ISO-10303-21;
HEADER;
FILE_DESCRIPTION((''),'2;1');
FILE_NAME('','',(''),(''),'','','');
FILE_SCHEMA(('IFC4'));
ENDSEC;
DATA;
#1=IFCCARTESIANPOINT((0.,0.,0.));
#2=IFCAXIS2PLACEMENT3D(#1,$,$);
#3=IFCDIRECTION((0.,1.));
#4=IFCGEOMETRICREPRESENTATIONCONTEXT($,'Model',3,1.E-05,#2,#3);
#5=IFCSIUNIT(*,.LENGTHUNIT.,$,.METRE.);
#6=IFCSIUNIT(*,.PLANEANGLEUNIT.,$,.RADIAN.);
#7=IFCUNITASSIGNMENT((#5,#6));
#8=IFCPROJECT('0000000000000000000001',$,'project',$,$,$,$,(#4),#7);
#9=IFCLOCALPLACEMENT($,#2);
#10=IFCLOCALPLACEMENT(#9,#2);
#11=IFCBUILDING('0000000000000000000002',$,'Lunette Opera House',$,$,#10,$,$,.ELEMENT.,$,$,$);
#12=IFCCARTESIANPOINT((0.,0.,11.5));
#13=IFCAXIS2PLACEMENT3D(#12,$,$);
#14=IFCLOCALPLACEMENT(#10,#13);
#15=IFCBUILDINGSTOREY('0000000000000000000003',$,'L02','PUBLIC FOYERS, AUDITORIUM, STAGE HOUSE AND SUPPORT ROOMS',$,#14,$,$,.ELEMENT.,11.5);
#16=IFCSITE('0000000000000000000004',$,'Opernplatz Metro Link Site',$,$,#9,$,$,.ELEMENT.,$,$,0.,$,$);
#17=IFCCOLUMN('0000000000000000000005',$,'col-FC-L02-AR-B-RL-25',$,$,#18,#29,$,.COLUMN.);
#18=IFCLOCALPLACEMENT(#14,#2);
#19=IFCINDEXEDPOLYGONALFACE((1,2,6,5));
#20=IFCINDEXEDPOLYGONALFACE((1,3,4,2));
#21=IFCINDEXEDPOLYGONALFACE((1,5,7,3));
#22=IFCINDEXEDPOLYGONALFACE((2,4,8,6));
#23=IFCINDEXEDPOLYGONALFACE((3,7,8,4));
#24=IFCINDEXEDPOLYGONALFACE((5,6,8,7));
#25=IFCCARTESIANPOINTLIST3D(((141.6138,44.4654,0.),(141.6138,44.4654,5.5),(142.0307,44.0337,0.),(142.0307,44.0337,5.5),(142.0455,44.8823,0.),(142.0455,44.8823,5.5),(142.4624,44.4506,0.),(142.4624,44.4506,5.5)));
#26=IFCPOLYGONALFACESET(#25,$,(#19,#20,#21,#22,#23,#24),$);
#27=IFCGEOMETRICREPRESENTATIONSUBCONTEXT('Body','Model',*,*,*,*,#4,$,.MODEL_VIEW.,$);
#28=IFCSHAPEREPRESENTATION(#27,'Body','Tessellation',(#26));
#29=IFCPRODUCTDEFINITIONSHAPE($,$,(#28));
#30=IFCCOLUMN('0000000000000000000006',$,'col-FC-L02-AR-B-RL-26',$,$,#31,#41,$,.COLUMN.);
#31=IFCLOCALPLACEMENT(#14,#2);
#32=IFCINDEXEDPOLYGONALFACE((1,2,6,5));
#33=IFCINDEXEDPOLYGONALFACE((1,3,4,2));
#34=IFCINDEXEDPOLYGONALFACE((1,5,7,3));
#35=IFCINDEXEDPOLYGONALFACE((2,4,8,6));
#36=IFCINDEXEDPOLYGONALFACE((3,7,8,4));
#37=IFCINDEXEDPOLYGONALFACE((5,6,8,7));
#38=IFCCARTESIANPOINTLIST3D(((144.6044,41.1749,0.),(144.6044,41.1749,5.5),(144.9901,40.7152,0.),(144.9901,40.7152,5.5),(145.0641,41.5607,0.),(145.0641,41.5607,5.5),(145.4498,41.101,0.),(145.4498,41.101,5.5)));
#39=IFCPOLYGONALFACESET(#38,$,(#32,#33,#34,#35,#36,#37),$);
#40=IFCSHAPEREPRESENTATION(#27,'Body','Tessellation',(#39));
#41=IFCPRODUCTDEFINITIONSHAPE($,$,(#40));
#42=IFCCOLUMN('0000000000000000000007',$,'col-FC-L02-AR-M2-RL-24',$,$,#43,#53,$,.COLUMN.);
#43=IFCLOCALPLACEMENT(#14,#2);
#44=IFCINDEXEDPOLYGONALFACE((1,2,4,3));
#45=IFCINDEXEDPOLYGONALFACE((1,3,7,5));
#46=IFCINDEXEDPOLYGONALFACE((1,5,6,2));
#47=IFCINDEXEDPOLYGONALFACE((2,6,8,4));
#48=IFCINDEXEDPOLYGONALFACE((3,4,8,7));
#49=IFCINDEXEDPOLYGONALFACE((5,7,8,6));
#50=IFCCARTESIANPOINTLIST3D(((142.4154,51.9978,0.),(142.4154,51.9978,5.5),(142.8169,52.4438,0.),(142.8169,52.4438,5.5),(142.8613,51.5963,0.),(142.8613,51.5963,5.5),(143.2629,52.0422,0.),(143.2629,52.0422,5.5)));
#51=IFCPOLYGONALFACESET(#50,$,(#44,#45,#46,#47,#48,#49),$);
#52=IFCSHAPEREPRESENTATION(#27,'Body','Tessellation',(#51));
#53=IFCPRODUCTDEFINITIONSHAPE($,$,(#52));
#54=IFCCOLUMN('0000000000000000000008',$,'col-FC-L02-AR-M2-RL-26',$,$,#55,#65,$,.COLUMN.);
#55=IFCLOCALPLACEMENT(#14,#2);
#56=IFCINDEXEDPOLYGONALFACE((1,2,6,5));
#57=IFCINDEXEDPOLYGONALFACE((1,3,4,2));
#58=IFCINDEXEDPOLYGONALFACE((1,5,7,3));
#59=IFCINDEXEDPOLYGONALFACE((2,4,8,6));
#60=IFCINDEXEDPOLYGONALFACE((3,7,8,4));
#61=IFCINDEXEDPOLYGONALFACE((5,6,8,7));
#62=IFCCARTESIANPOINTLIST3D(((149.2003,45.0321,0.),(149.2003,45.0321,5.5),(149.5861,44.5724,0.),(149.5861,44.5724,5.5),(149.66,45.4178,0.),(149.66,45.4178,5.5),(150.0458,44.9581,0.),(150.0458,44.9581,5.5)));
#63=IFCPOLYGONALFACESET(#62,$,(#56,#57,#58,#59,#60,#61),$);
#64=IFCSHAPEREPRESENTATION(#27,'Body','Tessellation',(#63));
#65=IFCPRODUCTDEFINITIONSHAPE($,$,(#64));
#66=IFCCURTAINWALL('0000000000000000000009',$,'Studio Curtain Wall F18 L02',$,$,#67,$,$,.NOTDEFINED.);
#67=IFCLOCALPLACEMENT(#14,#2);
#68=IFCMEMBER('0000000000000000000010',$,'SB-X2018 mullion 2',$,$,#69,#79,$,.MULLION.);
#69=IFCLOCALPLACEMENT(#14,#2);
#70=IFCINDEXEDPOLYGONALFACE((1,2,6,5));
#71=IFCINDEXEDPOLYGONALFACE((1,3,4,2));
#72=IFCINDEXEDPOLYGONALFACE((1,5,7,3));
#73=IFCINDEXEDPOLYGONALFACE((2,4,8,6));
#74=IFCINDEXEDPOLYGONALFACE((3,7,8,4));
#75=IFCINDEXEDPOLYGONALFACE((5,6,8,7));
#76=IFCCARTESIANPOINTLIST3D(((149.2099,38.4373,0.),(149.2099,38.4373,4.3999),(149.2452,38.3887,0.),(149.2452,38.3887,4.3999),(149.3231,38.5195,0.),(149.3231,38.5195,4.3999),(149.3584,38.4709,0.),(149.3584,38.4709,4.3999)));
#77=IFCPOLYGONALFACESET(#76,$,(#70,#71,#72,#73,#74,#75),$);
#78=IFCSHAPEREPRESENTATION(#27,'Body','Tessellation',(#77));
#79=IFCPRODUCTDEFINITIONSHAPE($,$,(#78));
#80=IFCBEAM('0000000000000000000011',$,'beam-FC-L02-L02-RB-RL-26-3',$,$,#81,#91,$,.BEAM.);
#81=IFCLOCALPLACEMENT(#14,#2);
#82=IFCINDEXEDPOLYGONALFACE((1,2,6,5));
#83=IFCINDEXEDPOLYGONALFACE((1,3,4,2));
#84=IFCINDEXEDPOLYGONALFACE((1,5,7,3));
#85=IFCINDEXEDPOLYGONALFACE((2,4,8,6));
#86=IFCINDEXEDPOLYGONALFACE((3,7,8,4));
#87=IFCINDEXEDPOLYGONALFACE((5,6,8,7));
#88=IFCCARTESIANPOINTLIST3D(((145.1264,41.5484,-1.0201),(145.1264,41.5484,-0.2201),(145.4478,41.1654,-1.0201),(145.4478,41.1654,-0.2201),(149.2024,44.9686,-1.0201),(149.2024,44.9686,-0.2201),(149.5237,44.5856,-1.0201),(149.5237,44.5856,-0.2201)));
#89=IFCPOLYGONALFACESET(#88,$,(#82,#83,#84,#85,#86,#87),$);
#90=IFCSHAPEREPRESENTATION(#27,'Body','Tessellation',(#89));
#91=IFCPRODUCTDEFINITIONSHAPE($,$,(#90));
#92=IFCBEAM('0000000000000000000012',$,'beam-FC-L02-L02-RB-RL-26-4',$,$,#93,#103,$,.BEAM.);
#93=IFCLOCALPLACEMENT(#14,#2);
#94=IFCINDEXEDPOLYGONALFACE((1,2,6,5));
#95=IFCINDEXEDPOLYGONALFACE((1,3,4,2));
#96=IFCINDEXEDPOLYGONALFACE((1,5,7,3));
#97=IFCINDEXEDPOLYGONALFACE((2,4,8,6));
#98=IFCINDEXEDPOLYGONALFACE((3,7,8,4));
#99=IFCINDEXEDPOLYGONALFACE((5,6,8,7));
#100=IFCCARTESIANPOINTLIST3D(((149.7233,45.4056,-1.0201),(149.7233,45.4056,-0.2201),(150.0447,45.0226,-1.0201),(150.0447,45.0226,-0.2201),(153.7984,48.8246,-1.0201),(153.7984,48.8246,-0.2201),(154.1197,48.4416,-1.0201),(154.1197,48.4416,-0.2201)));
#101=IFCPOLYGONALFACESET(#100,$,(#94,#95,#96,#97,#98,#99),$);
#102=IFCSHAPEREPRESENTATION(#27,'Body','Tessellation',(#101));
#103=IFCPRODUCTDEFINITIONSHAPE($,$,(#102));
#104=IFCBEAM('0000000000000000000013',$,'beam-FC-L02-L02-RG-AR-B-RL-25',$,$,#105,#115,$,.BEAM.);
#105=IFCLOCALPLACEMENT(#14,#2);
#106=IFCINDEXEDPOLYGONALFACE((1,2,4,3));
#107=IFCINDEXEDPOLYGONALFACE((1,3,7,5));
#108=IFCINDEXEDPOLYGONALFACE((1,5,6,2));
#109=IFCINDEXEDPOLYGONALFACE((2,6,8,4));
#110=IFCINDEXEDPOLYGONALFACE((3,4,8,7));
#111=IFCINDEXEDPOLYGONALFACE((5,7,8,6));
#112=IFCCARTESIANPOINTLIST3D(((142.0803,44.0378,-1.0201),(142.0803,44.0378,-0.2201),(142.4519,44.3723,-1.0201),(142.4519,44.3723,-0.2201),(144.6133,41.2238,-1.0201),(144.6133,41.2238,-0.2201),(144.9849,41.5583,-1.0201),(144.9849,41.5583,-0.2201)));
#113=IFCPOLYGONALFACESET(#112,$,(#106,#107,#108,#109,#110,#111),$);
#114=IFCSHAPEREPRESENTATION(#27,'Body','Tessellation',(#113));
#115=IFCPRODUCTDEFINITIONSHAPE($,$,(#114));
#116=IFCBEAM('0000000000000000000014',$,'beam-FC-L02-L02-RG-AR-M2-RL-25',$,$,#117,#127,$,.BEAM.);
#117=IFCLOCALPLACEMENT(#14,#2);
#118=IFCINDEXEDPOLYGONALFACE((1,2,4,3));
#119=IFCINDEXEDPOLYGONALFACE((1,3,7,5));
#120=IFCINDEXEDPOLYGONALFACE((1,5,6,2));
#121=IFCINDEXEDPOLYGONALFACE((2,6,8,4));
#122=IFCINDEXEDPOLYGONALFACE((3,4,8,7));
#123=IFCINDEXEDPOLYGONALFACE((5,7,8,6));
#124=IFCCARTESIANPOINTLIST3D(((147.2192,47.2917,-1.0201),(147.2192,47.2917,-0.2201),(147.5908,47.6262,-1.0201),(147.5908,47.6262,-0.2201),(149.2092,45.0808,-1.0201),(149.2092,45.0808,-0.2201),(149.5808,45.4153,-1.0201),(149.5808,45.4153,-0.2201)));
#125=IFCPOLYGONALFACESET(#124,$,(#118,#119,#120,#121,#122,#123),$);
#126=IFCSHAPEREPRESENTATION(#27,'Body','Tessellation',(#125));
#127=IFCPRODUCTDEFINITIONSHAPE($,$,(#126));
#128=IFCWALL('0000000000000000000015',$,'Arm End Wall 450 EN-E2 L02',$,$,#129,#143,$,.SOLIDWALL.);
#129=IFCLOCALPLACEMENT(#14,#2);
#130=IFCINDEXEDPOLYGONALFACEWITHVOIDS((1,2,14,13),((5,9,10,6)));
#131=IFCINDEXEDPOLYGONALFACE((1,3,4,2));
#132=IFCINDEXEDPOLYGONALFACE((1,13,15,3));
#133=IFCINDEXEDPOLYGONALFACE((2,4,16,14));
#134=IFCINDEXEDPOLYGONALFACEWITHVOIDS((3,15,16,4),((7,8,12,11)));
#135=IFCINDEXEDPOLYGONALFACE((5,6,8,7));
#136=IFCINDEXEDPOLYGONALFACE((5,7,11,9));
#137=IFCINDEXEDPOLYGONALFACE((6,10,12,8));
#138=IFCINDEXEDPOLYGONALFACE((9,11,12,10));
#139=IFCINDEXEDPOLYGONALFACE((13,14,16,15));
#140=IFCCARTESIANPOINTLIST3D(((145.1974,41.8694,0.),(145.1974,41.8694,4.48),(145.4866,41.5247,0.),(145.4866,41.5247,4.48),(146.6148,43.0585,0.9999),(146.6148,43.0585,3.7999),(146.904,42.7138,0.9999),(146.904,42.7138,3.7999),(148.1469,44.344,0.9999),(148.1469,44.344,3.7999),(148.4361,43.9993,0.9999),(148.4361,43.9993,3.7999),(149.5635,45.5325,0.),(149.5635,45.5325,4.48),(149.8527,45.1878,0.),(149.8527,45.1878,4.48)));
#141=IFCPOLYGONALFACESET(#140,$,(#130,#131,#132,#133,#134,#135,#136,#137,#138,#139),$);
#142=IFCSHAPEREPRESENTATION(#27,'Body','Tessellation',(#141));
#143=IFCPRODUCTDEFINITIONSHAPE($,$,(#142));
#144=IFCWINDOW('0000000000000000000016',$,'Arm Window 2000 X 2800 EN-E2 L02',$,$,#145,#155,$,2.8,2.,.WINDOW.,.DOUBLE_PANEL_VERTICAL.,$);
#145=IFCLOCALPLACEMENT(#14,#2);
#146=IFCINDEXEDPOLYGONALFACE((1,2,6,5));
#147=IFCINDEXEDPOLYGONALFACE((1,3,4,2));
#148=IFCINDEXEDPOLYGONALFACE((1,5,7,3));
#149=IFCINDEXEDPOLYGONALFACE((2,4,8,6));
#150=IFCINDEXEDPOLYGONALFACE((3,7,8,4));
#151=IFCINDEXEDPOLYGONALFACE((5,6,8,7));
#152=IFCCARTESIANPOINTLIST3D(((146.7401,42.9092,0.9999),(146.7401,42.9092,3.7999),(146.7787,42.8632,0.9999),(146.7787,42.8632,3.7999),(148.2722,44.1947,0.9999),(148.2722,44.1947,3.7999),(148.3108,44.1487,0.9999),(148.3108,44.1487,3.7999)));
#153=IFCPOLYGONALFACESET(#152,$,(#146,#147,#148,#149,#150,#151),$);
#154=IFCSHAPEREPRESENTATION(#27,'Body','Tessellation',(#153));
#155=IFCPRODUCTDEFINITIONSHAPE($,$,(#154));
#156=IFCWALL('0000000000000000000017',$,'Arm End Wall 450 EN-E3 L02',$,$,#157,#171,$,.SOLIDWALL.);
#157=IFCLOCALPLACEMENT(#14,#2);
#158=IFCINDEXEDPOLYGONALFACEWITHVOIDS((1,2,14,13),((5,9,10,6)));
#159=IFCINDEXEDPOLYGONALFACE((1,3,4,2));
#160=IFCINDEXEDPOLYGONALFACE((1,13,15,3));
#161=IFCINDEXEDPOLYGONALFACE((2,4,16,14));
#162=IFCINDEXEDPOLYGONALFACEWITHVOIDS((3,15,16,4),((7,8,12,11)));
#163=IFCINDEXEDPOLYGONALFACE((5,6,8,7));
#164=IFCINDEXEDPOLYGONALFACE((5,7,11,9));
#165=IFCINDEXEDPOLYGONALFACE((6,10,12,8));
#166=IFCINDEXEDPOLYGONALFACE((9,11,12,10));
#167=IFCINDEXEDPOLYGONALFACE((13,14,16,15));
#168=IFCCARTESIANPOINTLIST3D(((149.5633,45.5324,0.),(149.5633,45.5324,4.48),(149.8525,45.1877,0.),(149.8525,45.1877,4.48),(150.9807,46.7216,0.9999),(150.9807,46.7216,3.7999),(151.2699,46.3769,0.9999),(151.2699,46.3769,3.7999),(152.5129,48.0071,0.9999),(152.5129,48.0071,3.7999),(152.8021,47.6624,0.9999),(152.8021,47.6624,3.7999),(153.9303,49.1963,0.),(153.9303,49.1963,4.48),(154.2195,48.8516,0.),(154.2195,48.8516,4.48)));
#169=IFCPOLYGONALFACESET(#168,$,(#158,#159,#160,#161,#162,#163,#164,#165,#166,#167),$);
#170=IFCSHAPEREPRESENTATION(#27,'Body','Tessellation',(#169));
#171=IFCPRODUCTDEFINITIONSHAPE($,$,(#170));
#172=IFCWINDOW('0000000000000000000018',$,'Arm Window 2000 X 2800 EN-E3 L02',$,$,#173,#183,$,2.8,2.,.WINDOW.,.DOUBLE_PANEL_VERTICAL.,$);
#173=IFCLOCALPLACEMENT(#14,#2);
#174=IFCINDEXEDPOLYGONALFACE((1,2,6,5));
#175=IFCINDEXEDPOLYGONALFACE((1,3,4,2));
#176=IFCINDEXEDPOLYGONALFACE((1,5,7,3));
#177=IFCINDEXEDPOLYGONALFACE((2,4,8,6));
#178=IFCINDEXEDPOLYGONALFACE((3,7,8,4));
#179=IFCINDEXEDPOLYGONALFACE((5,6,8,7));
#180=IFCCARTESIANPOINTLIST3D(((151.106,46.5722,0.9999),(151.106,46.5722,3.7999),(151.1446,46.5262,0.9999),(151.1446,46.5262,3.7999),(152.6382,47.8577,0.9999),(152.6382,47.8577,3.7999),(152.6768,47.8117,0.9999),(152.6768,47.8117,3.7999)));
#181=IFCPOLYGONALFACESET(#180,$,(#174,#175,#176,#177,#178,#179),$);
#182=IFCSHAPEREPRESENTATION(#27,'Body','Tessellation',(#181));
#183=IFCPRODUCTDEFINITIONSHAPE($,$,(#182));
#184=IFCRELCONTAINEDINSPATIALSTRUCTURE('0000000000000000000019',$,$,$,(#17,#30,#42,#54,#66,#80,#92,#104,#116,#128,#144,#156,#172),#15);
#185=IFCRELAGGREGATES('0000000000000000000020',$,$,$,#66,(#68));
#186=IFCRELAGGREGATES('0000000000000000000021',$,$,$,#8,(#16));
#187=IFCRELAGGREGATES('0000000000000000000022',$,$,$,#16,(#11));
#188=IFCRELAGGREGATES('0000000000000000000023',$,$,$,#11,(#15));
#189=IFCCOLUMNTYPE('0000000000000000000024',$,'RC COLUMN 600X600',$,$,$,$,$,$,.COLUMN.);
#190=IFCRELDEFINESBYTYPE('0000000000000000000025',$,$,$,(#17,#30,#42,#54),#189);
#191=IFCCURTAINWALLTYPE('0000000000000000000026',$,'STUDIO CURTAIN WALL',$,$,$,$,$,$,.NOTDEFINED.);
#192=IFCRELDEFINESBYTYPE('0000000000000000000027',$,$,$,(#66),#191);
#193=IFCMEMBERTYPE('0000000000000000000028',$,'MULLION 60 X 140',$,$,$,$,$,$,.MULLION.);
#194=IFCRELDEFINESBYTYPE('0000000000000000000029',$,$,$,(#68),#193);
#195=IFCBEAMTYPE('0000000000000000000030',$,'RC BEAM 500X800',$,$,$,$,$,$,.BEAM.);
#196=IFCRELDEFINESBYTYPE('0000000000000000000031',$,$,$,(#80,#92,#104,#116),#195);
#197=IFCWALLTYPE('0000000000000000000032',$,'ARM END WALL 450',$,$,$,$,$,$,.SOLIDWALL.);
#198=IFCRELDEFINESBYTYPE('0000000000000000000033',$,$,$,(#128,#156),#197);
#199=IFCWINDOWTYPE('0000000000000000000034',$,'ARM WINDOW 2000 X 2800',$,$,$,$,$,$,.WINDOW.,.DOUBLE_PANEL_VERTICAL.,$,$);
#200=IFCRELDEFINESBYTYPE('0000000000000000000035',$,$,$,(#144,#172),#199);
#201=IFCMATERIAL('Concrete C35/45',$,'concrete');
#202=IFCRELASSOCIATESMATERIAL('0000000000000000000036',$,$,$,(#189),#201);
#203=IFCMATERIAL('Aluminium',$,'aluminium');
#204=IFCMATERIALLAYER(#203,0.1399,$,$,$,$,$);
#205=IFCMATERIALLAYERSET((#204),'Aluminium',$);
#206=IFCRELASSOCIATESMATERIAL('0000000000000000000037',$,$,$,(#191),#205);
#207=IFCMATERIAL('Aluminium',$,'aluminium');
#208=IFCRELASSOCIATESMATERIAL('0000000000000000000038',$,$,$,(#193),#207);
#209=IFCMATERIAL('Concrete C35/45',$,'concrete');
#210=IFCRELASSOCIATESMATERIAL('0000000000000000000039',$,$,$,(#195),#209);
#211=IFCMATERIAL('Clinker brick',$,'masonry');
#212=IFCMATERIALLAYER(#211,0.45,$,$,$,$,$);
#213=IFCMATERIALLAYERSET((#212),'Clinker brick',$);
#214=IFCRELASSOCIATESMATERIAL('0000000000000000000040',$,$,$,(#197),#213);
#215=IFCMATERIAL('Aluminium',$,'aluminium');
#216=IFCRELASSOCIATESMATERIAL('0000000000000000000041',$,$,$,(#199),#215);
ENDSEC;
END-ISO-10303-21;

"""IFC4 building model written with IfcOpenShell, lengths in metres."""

from ifc_helpers import new_model, si_unit, direction, frame, frame_2d, origin, origin_2d, place, context, subcontext, project, spatial, rectangle, extrude, material, layer, layer_set, material_profile, profile_set, type_object, element, fill, aggregate, save


model = new_model("IFC4")

# Units and contexts
model_context = context("Model", 3, precision=1e-05, world=origin(), true_north=direction((0.0, 1.0)))
body_context = subcontext(model_context, "Body", "Model", "MODEL_VIEW")
ifc_project = project(units=[si_unit("LENGTHUNIT", "METRE"), si_unit("PLANEANGLEUNIT", "RADIAN")], contexts=[model_context])

# Site, building, storey
site_placement = place(None, origin())
site = spatial("IfcSite", under=ifc_project, at=site_placement, Name="Opernplatz Metro Link Site", CompositionType="ELEMENT", RefElevation=0.0)
building_placement = place(site_placement, origin())
building = spatial("IfcBuilding", under=site, at=building_placement, Name="Lunette Opera House", CompositionType="ELEMENT")
storey_placement = place(building_placement, frame((0.0, 0.0, 11.5)))
storey = spatial("IfcBuildingStorey", under=building, at=storey_placement, Name="L02", Description="PUBLIC FOYERS, AUDITORIUM, STAGE HOUSE AND SUPPORT ROOMS", CompositionType="ELEMENT", Elevation=11.5)

# Columns
ifc_material_1 = material(Name="Concrete C35/45", Category="concrete")
ifc_material_profile_1 = material_profile(ifc_material_1, rectangle(XDim=0.6001, YDim=0.6001, at=origin_2d()), Name="RC COLUMN 600X600")
ifc_profile_set_1 = profile_set([ifc_material_profile_1], Name="Concrete C35/45")
column_type = type_object("IfcColumnType", Name="RC COLUMN 600X600", PredefinedType="COLUMN", material=ifc_profile_set_1)
for number, where, z_axis, x_axis, name in (
    (1, (142.0381, 44.458, 0.0), (0.0, 0.0, 1.0), (0.694658, -0.71934, 0.0), "col-FC-L02-AR-B-RL-25"),
    (2, (145.0271, 41.1379, 0.0), (0.0, 0.0, 1.0), (0.642788, -0.766044, 0.0), "col-FC-L02-AR-B-RL-26"),
    (3, (142.8391, 52.02, 0.0), (0.0, 0.0, 1.0), (0.743145, -0.669131, 0.0), "col-FC-L02-AR-M2-RL-24"),
    (4, (149.623, 44.9951, 0.0), (0.0, 0.0, 1.0), (0.642788, -0.766044, 0.0), "col-FC-L02-AR-M2-RL-26"),
):
    element("IfcColumn", number, at=place(storey_placement, frame(where, z_axis=z_axis, x_axis=x_axis)), inside=storey, type_object=column_type, Name=name, PredefinedType="COLUMN", context=body_context, shape_type="SweptSolid", body=[
        extrude(rectangle(XDim=0.6001, YDim=0.6001, at=origin_2d()), origin(), (0.0, 0.0, 1.0), 5.5),
    ])

# Curtain wall, member
ifc_material_2 = material(Name="Aluminium", Category="aluminium")
ifc_layer_1 = layer(ifc_material_2, 0.1399)
ifc_layer_set_1 = layer_set([ifc_layer_1], Name="Aluminium")
curtain_wall_type = type_object("IfcCurtainWallType", Name="STUDIO CURTAIN WALL", PredefinedType="NOTDEFINED", material=ifc_layer_set_1)
curtain_wall_placement = place(storey_placement, origin())
curtain_wall = element("IfcCurtainWall", 5, at=curtain_wall_placement, inside=storey, type_object=curtain_wall_type, Name="Studio Curtain Wall F18 L02", PredefinedType="NOTDEFINED")
ifc_material_3 = material(Name="Aluminium", Category="aluminium")
ifc_material_profile_2 = material_profile(ifc_material_3, rectangle(XDim=0.0601, YDim=0.1399, at=origin_2d()), Name="MULLION 60 X 140")
ifc_profile_set_2 = profile_set([ifc_material_profile_2], Name="Aluminium")
member_type = type_object("IfcMemberType", Name="MULLION 60 X 140", PredefinedType="MULLION", material=ifc_profile_set_2)
member_placement = place(storey_placement, frame((149.2842, 38.4541, 0.0), z_axis=(0.0, 0.0, 1.0), x_axis=(0.587772, -0.809027, 0.0)))
member = element("IfcMember", 6, at=member_placement, type_object=member_type, Name="SB-X2018 mullion 2", PredefinedType="MULLION", context=body_context, shape_type="SweptSolid", body=[
    extrude(rectangle(XDim=0.0601, YDim=0.1399, at=origin_2d()), origin(), (0.0, 0.0, 1.0), 4.3999),
])
aggregate(curtain_wall, [member])

# Beams
ifc_material_4 = material(Name="Concrete C35/45", Category="concrete")
ifc_material_profile_3 = material_profile(ifc_material_4, rectangle(XDim=0.5, YDim=0.8, at=origin_2d()), Name="RC BEAM 500X800")
ifc_profile_set_3 = profile_set([ifc_material_profile_3], Name="Concrete C35/45")
beam_type = type_object("IfcBeamType", Name="RC BEAM 500X800", PredefinedType="BEAM", material=ifc_profile_set_3)
beam_1_placement = place(storey_placement, frame((145.2871, 41.3569, -0.6201), z_axis=(0.766039, 0.642794, 0.0), x_axis=(-0.642794, 0.766039, 0.0)))
element("IfcBeam", 7, at=beam_1_placement, inside=storey, type_object=beam_type, Name="beam-FC-L02-L02-RB-RL-26-3", PredefinedType="BEAM", context=body_context, shape_type="SweptSolid", body=[
    extrude(rectangle(XDim=0.5, YDim=0.8, at=origin_2d()), origin(), (0.0, 0.0, 1.0), 5.3208),
])
beam_2_placement = place(storey_placement, frame((149.884, 45.2141, -0.6201), z_axis=(0.766076, 0.64275, 0.0), x_axis=(-0.64275, 0.766076, 0.0)))
element("IfcBeam", 8, at=beam_2_placement, inside=storey, type_object=beam_type, Name="beam-FC-L02-L02-RB-RL-26-4", PredefinedType="BEAM", context=body_context, shape_type="SweptSolid", body=[
    extrude(rectangle(XDim=0.5, YDim=0.8, at=origin_2d()), origin(), (0.0, 0.0, 1.0), 5.3193),
])
beam_3_placement = place(storey_placement, frame((142.2661, 44.2051, -0.6201), z_axis=(0.669022, -0.743243, 0.0), x_axis=(0.743243, 0.669022, 0.0)))
element("IfcBeam", 9, at=beam_3_placement, inside=storey, type_object=beam_type, Name="beam-FC-L02-L02-RG-AR-B-RL-25", PredefinedType="BEAM", context=body_context, shape_type="SweptSolid", body=[
    extrude(rectangle(XDim=0.5, YDim=0.8, at=origin_2d()), origin(), (0.0, 0.0, 1.0), 3.7861),
])
beam_4_placement = place(storey_placement, frame((147.405, 47.459, -0.6201), z_axis=(0.668992, -0.74327, 0.0), x_axis=(0.74327, 0.668992, 0.0)))
element("IfcBeam", 10, at=beam_4_placement, inside=storey, type_object=beam_type, Name="beam-FC-L02-L02-RG-AR-M2-RL-25", PredefinedType="BEAM", context=body_context, shape_type="SweptSolid", body=[
    extrude(rectangle(XDim=0.5, YDim=0.8, at=origin_2d()), origin(), (0.0, 0.0, 1.0), 2.9746),
])

# Walls, openings, windows
ifc_material_5 = material(Name="Clinker brick", Category="masonry")
ifc_layer_2 = layer(ifc_material_5, 0.45)
ifc_layer_set_2 = layer_set([ifc_layer_2], Name="Clinker brick")
wall_type_1 = type_object("IfcWallType", Name="ARM END WALL 450", PredefinedType="SOLIDWALL", material=ifc_layer_set_2)
wall_1_placement = place(storey_placement, frame((145.342, 41.697, 0.0), z_axis=(0.0, 0.0, 1.0), x_axis=(0.766079, 0.642747, 0.0)))
wall_1 = element("IfcWall", 11, at=wall_1_placement, inside=storey, type_object=wall_type_1, Name="Arm End Wall 450 EN-E2 L02", PredefinedType="SOLIDWALL", context=body_context, shape_type="SweptSolid", body=[
    extrude(rectangle(XDim=5.6992, YDim=0.45, at=frame_2d((2.8496, 0.0))), origin(), (0.0, 0.0, 1.0), 4.48),
])
opening_1_placement = place(wall_1_placement, frame((1.8501, 0.0, 1.0)))
opening_1 = element("IfcOpeningElement", 12, at=opening_1_placement, cuts=wall_1, PredefinedType="OPENING", context=body_context, shape_type="SweptSolid", body=[
    extrude(rectangle(XDim=2.0, YDim=2.8, at=frame_2d((1.0, 1.3999))), frame((0.0, 0.2371, 0.0), z_axis=(0.0, -1.0, 0.0), x_axis=(1.0, 0.0, 0.0)), (0.0, 0.0, 1.0), 0.4739),
])
ifc_material_6 = material(Name="Aluminium", Category="aluminium")
window_type = type_object("IfcWindowType", Name="ARM WINDOW 2000 X 2800", PartitioningType="DOUBLE_PANEL_VERTICAL", PredefinedType="WINDOW", material=ifc_material_6)
window_1_placement = place(opening_1_placement, origin())
window_1 = element("IfcWindow", 13, at=window_1_placement, inside=storey, type_object=window_type, Name="Arm Window 2000 X 2800 EN-E2 L02", OverallHeight=2.8, OverallWidth=2.0, PartitioningType="DOUBLE_PANEL_VERTICAL", PredefinedType="WINDOW", context=body_context, shape_type="SweptSolid", body=[
    extrude(rectangle(XDim=2.0, YDim=2.8, at=frame_2d((1.0, 1.3999))), frame((0.0, 0.03, 0.0), z_axis=(0.0, -1.0, 0.0), x_axis=(1.0, 0.0, 0.0)), (0.0, 0.0, 1.0), 0.0601),
])
fill(opening_1, window_1)
wall_2_placement = place(storey_placement, frame((149.708, 45.3601, 0.0), z_axis=(0.0, 0.0, 1.0), x_axis=(0.766086, 0.642738, 0.0)))
wall_2 = element("IfcWall", 14, at=wall_2_placement, inside=storey, type_object=wall_type_1, Name="Arm End Wall 450 EN-E3 L02", PredefinedType="SOLIDWALL", context=body_context, shape_type="SweptSolid", body=[
    extrude(rectangle(XDim=5.7004, YDim=0.45, at=frame_2d((2.8501, 0.0))), origin(), (0.0, 0.0, 1.0), 4.48),
])
opening_2_placement = place(wall_2_placement, frame((1.8501, 0.0, 1.0)))
opening_2 = element("IfcOpeningElement", 15, at=opening_2_placement, cuts=wall_2, PredefinedType="OPENING", context=body_context, shape_type="SweptSolid", body=[
    extrude(rectangle(XDim=2.0, YDim=2.8, at=frame_2d((1.0, 1.3999))), frame((0.0, 0.2371, 0.0), z_axis=(0.0, -1.0, 0.0), x_axis=(1.0, 0.0, 0.0)), (0.0, 0.0, 1.0), 0.4739),
])
window_2_placement = place(opening_2_placement, origin())
window_2 = element("IfcWindow", 16, at=window_2_placement, inside=storey, type_object=window_type, Name="Arm Window 2000 X 2800 EN-E3 L02", OverallHeight=2.8, OverallWidth=2.0, PartitioningType="DOUBLE_PANEL_VERTICAL", PredefinedType="WINDOW", context=body_context, shape_type="SweptSolid", body=[
    extrude(rectangle(XDim=2.0, YDim=2.8, at=frame_2d((1.0, 1.3999))), frame((0.0, 0.03, 0.0), z_axis=(0.0, -1.0, 0.0), x_axis=(1.0, 0.0, 0.0)), (0.0, 0.0, 1.0), 0.0601),
])
fill(opening_2, window_2)

save(model, "model.ifc")
